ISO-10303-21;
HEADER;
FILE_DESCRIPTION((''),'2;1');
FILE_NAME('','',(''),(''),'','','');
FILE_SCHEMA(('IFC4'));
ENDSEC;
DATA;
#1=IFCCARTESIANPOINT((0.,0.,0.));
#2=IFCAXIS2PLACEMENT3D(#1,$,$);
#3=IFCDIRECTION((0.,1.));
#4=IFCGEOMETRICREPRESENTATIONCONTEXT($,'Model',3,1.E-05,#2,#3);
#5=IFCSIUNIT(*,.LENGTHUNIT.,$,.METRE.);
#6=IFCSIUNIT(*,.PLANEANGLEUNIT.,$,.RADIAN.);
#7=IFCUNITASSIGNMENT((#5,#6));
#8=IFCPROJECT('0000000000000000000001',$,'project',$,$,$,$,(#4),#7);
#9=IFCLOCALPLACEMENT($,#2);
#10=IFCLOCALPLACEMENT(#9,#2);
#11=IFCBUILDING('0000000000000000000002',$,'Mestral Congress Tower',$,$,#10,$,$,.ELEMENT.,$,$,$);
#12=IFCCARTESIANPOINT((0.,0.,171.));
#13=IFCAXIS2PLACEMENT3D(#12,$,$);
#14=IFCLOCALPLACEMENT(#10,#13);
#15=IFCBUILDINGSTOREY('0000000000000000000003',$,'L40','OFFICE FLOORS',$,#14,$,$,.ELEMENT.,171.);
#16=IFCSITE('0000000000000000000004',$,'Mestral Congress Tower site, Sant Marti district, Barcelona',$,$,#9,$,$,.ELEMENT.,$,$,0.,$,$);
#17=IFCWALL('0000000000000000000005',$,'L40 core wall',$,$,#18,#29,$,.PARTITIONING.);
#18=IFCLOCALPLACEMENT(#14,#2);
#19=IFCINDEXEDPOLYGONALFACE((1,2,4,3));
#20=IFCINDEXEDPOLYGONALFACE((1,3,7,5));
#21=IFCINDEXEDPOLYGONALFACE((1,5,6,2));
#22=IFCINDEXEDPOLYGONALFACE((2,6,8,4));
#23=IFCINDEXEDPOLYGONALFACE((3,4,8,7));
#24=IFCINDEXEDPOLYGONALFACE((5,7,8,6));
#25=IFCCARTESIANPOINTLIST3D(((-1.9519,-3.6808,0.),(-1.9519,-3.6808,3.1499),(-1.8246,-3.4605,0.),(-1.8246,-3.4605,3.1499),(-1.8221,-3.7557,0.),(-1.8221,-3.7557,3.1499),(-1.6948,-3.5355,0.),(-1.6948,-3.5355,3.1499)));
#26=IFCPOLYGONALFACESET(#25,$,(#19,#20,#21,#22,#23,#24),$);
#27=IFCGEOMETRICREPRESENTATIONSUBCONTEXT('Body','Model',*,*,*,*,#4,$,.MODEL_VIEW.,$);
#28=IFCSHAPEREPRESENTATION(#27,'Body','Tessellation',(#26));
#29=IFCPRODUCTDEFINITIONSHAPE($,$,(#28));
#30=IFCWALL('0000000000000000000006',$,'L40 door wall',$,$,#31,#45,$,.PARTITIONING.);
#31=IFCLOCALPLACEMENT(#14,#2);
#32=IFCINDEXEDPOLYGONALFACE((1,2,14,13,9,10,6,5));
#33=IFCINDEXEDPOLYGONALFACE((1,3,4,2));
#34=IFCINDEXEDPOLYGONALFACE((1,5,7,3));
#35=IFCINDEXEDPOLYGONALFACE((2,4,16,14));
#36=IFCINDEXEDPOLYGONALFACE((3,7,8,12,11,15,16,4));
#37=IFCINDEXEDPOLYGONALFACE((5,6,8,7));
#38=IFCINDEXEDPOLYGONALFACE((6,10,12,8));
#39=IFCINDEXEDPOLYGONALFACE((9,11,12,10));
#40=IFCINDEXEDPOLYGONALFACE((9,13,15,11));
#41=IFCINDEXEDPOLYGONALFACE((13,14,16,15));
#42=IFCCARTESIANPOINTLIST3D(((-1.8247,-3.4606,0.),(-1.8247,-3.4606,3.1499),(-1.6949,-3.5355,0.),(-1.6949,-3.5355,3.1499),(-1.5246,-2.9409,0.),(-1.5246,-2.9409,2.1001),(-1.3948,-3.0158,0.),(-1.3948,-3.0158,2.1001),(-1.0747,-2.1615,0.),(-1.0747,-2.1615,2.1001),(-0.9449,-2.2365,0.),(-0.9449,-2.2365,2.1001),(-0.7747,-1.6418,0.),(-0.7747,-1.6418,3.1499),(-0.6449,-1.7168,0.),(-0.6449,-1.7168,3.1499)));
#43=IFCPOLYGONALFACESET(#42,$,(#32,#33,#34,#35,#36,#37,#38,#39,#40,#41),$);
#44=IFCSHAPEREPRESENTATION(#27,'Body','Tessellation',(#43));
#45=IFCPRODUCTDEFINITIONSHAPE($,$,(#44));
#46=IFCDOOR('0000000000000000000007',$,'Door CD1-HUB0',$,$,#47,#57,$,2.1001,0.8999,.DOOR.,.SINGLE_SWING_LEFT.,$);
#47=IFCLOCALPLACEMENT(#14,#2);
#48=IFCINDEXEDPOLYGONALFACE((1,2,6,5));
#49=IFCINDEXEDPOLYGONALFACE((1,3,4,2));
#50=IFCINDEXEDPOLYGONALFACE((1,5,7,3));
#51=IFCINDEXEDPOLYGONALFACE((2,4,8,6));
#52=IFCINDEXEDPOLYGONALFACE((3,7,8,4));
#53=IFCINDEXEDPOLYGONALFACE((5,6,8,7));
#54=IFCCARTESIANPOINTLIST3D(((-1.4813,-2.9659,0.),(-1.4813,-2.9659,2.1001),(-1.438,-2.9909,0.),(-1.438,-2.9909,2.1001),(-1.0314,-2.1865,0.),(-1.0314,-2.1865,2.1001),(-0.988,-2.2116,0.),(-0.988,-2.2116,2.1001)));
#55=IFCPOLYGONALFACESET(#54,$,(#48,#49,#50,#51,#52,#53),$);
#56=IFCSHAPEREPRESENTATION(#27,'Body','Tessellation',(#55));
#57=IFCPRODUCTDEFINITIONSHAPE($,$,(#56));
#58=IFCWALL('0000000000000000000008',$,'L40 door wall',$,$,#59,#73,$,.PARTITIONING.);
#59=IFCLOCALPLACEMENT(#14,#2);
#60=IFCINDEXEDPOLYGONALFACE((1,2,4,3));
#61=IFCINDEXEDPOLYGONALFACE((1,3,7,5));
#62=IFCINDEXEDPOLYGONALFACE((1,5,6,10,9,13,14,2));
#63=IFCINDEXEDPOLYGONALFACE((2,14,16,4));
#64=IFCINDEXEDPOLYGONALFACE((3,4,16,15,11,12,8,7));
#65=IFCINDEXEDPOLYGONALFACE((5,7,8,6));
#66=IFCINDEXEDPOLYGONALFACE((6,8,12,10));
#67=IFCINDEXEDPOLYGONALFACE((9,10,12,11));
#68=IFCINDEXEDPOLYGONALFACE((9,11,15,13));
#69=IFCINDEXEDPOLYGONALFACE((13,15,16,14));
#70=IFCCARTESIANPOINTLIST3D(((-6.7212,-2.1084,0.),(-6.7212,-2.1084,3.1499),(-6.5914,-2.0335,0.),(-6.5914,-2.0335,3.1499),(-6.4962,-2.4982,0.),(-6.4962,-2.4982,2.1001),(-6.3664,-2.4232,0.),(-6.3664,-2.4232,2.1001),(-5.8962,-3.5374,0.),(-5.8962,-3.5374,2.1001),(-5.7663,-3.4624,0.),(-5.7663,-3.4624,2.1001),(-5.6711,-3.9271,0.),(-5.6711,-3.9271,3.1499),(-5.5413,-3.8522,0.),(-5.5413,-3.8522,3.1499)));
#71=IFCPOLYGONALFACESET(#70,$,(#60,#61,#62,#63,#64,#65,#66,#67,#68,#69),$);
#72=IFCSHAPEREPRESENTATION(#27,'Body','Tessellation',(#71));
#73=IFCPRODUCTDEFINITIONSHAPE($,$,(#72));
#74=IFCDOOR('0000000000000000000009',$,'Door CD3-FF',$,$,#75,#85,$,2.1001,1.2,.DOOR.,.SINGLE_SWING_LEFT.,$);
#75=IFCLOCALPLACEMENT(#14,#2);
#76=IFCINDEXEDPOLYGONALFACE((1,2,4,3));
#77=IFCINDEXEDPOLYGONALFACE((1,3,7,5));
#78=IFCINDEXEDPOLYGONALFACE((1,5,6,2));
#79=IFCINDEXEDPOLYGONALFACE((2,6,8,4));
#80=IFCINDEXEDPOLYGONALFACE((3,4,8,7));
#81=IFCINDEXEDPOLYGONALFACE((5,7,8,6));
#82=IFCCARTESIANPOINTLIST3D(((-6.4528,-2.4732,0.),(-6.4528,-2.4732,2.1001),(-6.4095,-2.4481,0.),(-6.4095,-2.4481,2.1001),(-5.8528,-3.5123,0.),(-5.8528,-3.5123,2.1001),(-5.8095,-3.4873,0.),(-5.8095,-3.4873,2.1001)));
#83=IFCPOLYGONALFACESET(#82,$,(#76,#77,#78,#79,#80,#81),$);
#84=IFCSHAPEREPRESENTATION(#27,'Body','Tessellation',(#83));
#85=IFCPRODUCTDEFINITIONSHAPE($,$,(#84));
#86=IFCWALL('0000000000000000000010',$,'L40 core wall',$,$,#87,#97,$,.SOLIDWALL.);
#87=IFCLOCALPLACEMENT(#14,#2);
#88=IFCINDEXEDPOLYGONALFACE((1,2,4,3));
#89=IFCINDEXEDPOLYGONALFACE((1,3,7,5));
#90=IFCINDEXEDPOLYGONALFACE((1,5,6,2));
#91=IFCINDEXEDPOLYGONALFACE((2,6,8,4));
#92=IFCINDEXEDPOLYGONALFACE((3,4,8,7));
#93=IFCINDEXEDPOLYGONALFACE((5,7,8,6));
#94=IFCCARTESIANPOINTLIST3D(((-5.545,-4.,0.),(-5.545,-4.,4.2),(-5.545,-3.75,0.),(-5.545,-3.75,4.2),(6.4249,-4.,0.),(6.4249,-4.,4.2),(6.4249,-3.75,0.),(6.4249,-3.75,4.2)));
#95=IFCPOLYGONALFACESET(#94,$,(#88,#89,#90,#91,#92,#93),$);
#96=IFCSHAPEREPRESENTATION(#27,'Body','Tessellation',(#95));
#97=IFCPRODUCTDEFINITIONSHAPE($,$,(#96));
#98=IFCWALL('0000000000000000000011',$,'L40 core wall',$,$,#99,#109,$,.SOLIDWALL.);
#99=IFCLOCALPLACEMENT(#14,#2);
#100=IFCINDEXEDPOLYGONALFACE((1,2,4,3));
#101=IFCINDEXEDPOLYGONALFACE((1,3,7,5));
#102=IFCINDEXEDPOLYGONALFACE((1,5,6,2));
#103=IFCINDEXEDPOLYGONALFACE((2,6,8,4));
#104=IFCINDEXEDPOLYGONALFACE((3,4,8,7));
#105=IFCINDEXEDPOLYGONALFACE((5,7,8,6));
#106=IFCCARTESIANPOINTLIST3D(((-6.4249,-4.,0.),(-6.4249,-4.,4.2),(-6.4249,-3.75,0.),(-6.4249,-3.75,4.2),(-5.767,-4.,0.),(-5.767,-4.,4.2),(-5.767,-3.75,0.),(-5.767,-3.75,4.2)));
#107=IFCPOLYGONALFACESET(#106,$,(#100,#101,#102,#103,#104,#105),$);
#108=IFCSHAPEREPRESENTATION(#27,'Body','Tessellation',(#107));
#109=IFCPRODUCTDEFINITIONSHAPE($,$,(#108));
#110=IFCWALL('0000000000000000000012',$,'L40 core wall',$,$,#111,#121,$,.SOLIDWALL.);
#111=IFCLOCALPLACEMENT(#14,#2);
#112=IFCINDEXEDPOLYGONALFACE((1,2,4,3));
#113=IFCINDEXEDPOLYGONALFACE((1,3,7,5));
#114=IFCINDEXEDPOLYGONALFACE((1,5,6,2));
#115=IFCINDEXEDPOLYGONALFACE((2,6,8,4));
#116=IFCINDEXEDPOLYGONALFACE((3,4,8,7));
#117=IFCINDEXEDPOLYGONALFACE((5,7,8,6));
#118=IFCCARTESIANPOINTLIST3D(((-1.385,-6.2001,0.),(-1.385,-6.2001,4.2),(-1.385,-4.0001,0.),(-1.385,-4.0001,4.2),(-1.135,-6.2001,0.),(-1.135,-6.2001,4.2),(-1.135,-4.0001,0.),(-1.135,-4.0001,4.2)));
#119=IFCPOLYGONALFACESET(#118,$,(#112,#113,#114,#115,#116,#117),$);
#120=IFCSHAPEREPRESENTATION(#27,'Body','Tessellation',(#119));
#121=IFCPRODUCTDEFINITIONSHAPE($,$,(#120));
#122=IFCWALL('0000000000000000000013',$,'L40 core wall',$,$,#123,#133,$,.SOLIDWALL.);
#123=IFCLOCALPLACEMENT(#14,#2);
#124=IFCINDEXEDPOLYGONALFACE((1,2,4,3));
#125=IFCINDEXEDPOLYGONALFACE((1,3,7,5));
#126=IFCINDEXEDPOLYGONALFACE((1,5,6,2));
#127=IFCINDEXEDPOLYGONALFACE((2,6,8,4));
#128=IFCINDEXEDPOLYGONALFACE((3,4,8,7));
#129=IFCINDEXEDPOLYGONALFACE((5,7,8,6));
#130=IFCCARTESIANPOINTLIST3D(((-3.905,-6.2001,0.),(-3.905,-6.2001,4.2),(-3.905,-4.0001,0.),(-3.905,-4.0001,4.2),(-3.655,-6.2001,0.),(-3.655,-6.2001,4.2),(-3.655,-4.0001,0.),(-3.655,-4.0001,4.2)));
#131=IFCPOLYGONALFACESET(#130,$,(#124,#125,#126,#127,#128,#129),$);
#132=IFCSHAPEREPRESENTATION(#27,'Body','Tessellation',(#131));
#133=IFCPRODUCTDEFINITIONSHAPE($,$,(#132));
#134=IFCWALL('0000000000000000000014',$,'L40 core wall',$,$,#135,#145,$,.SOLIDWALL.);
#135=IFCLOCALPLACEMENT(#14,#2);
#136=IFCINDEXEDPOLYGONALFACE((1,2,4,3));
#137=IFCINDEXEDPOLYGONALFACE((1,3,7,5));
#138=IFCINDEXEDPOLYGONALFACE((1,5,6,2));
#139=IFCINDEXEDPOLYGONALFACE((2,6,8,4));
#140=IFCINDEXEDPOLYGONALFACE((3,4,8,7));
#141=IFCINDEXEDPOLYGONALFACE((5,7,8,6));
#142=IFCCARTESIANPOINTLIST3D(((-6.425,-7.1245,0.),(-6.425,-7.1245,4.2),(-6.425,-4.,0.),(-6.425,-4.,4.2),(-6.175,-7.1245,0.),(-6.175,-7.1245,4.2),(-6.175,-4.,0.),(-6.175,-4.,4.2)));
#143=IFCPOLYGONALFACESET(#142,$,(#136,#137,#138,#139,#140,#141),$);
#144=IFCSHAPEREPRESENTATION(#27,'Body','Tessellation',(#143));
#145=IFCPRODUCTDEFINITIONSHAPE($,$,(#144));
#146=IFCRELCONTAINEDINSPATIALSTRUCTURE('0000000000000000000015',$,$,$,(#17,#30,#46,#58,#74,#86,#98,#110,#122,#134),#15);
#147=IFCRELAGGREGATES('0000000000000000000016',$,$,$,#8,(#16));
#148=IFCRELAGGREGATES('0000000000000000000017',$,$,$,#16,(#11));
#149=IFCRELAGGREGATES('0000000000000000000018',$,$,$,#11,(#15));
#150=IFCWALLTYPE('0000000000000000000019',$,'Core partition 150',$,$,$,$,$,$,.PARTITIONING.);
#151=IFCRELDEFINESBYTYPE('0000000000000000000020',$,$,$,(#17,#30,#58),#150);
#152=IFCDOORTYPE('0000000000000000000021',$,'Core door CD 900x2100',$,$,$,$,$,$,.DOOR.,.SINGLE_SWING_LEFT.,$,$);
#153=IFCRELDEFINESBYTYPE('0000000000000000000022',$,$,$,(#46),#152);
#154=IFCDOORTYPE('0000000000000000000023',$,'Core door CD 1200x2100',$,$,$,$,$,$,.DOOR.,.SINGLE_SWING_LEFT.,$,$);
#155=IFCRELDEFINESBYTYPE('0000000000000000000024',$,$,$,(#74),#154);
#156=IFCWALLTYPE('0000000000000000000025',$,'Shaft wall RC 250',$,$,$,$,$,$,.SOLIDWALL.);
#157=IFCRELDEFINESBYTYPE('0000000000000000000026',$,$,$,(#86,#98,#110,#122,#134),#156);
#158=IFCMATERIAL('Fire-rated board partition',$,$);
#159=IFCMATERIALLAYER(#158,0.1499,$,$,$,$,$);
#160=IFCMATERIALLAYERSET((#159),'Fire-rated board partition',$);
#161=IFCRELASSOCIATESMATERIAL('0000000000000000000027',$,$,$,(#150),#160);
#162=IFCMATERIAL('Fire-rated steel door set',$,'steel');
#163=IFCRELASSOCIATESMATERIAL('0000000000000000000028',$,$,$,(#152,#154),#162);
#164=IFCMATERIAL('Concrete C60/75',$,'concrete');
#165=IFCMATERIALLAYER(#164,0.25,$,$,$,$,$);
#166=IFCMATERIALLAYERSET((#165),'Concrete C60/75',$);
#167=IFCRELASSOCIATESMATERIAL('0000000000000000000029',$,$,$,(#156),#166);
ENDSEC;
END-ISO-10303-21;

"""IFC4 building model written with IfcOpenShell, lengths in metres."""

from ifc_helpers import new_model, si_unit, direction, frame, frame_2d, origin, place, context, subcontext, project, spatial, rectangle, extrude, material, layer, layer_set, type_object, element, fill, save


model = new_model("IFC4")

# Units and contexts
model_context = context("Model", 3, precision=1e-05, world=origin(), true_north=direction((0.0, 1.0)))
body_context = subcontext(model_context, "Body", "Model", "MODEL_VIEW")
ifc_project = project(units=[si_unit("LENGTHUNIT", "METRE"), si_unit("PLANEANGLEUNIT", "RADIAN")], contexts=[model_context])

# Site, building, storey
site_placement = place(None, origin())
site = spatial("IfcSite", under=ifc_project, at=site_placement, Name="Mestral Congress Tower site, Sant Marti district, Barcelona", CompositionType="ELEMENT", RefElevation=0.0)
building_placement = place(site_placement, origin())
building = spatial("IfcBuilding", under=site, at=building_placement, Name="Mestral Congress Tower", CompositionType="ELEMENT")
storey_placement = place(building_placement, frame((0.0, 0.0, 171.0)))
storey = spatial("IfcBuildingStorey", under=building, at=storey_placement, Name="L40", Description="OFFICE FLOORS", CompositionType="ELEMENT", Elevation=171.0)

# Wall
ifc_material_1 = material(Name="Fire-rated board partition")
ifc_layer_1 = layer(ifc_material_1, 0.1499)
ifc_layer_set_1 = layer_set([ifc_layer_1], Name="Fire-rated board partition")
wall_type_1 = type_object("IfcWallType", Name="Core partition 150", PredefinedType="PARTITIONING", material=ifc_layer_set_1)
wall_1_placement = place(storey_placement, frame((-1.887, -3.7183, 0.0), z_axis=(0.0, 0.0, 1.0), x_axis=(0.500166, 0.86593, 0.0)))
element("IfcWall", 1, at=wall_1_placement, inside=storey, type_object=wall_type_1, Name="L40 core wall", PredefinedType="PARTITIONING", context=body_context, shape_type="SweptSolid", body=[
    extrude(rectangle(XDim=0.2544, YDim=0.1499, at=frame_2d((0.1272, 0.0))), origin(), (0.0, 0.0, 1.0), 3.1499),
])

# Walls, openings, doors
wall_2_placement = place(storey_placement, frame((-1.7598, -3.498, 0.0), z_axis=(0.0, 0.0, 1.0), x_axis=(0.499977, 0.866038, 0.0)))
wall_2 = element("IfcWall", 2, at=wall_2_placement, inside=storey, type_object=wall_type_1, Name="L40 door wall", PredefinedType="PARTITIONING", context=body_context, shape_type="SweptSolid", body=[
    extrude(rectangle(XDim=2.1001, YDim=0.1499, at=frame_2d((1.05, 0.0))), origin(), (0.0, 0.0, 1.0), 3.1499),
])
opening_1_placement = place(wall_2_placement, frame((0.6001, 0.0, 0.0)))
opening_1 = element("IfcOpeningElement", 3, at=opening_1_placement, cuts=wall_2, PredefinedType="OPENING", context=body_context, shape_type="SweptSolid", body=[
    extrude(rectangle(XDim=0.8999, YDim=2.1001, at=frame_2d((0.45, 1.05))), frame((0.0, 0.085, 0.0), z_axis=(0.0, -1.0, 0.0), x_axis=(1.0, 0.0, 0.0)), (0.0, 0.0, 1.0), 0.1699),
])
ifc_material_2 = material(Name="Fire-rated steel door set", Category="steel")
door_type_1 = type_object("IfcDoorType", Name="Core door CD 900x2100", OperationType="SINGLE_SWING_LEFT", PredefinedType="DOOR", material=ifc_material_2)
door_1_placement = place(opening_1_placement, origin())
door_1 = element("IfcDoor", 4, at=door_1_placement, inside=storey, type_object=door_type_1, Name="Door CD1-HUB0", OperationType="SINGLE_SWING_LEFT", OverallHeight=2.1001, OverallWidth=0.8999, PredefinedType="DOOR", context=body_context, shape_type="SweptSolid", body=[
    extrude(rectangle(XDim=0.8999, YDim=2.1001, at=frame_2d((0.45, 1.05))), frame((0.0, 0.0249, 0.0), z_axis=(0.0, -1.0, 0.0), x_axis=(1.0, 0.0, 0.0)), (0.0, 0.0, 1.0), 0.05),
])
fill(opening_1, door_1)
wall_3_placement = place(storey_placement, frame((-5.6062, -3.8896, 0.0), z_axis=(0.0, 0.0, 1.0), x_axis=(-0.500028, 0.866009, 0.0)))
wall_3 = element("IfcWall", 5, at=wall_3_placement, inside=storey, type_object=wall_type_1, Name="L40 door wall", PredefinedType="PARTITIONING", context=body_context, shape_type="SweptSolid", body=[
    extrude(rectangle(XDim=2.1001, YDim=0.1499, at=frame_2d((1.05, 0.0))), origin(), (0.0, 0.0, 1.0), 3.1499),
])
opening_2_placement = place(wall_3_placement, frame((0.45, 0.0, 0.0)))
opening_2 = element("IfcOpeningElement", 6, at=opening_2_placement, cuts=wall_3, PredefinedType="OPENING", context=body_context, shape_type="SweptSolid", body=[
    extrude(rectangle(XDim=1.2, YDim=2.1001, at=frame_2d((0.6001, 1.05))), frame((0.0, 0.085, 0.0), z_axis=(0.0, -1.0, 0.0), x_axis=(1.0, 0.0, 0.0)), (0.0, 0.0, 1.0), 0.1699),
])
door_type_2 = type_object("IfcDoorType", Name="Core door CD 1200x2100", OperationType="SINGLE_SWING_LEFT", PredefinedType="DOOR", material=ifc_material_2)
door_2_placement = place(opening_2_placement, origin())
door_2 = element("IfcDoor", 7, at=door_2_placement, inside=storey, type_object=door_type_2, Name="Door CD3-FF", OperationType="SINGLE_SWING_LEFT", OverallHeight=2.1001, OverallWidth=1.2, PredefinedType="DOOR", context=body_context, shape_type="SweptSolid", body=[
    extrude(rectangle(XDim=1.2, YDim=2.1001, at=frame_2d((0.6001, 1.05))), frame((0.0, 0.0249, 0.0), z_axis=(0.0, -1.0, 0.0), x_axis=(1.0, 0.0, 0.0)), (0.0, 0.0, 1.0), 0.05),
])
fill(opening_2, door_2)

# Walls
ifc_material_3 = material(Name="Concrete C60/75", Category="concrete")
ifc_layer_2 = layer(ifc_material_3, 0.25)
ifc_layer_set_2 = layer_set([ifc_layer_2], Name="Concrete C60/75")
wall_type_2 = type_object("IfcWallType", Name="Shaft wall RC 250", PredefinedType="SOLIDWALL", material=ifc_layer_set_2)
wall_4_placement = place(storey_placement, frame((-5.5449, -3.875, 0.0), z_axis=(0.0, 0.0, 1.0), x_axis=(1.0, 0.0, 0.0)))
element("IfcWall", 8, at=wall_4_placement, inside=storey, type_object=wall_type_2, Name="L40 core wall", PredefinedType="SOLIDWALL", context=body_context, shape_type="SweptSolid", body=[
    extrude(rectangle(XDim=11.97, YDim=0.25, at=frame_2d((5.9849, 0.0))), origin(), (0.0, 0.0, 1.0), 4.2),
])
wall_5_placement = place(storey_placement, frame((-6.425, -3.875, 0.0), z_axis=(0.0, 0.0, 1.0), x_axis=(1.0, 0.0, 0.0)))
element("IfcWall", 9, at=wall_5_placement, inside=storey, type_object=wall_type_2, Name="L40 core wall", PredefinedType="SOLIDWALL", context=body_context, shape_type="SweptSolid", body=[
    extrude(rectangle(XDim=0.658, YDim=0.25, at=frame_2d((0.3291, 0.0))), origin(), (0.0, 0.0, 1.0), 4.2),
])
for number, where, z_axis, x_axis, name in (
    (10, (-1.26, -4.0, 0.0), (0.0, 0.0, 1.0), (0.0, -1.0, 0.0), "L40 core wall"),
    (11, (-3.78, -4.0, 0.0), (0.0, 0.0, 1.0), (0.0, -1.0, 0.0), "L40 core wall"),
):
    element("IfcWall", number, at=place(storey_placement, frame(where, z_axis=z_axis, x_axis=x_axis)), inside=storey, type_object=wall_type_2, Name=name, PredefinedType="SOLIDWALL", context=body_context, shape_type="SweptSolid", body=[
        extrude(rectangle(XDim=2.2, YDim=0.25, at=frame_2d((1.1001, 0.0))), origin(), (0.0, 0.0, 1.0), 4.2),
    ])
wall_6_placement = place(storey_placement, frame((-6.3, -7.1245, 0.0), z_axis=(0.0, 0.0, 1.0), x_axis=(0.0, 1.0, 0.0)))
element("IfcWall", 12, at=wall_6_placement, inside=storey, type_object=wall_type_2, Name="L40 core wall", PredefinedType="SOLIDWALL", context=body_context, shape_type="SweptSolid", body=[
    extrude(rectangle(XDim=3.1245, YDim=0.25, at=frame_2d((1.5623, 0.0))), origin(), (0.0, 0.0, 1.0), 4.2),
])

save(model, "model.ifc")
